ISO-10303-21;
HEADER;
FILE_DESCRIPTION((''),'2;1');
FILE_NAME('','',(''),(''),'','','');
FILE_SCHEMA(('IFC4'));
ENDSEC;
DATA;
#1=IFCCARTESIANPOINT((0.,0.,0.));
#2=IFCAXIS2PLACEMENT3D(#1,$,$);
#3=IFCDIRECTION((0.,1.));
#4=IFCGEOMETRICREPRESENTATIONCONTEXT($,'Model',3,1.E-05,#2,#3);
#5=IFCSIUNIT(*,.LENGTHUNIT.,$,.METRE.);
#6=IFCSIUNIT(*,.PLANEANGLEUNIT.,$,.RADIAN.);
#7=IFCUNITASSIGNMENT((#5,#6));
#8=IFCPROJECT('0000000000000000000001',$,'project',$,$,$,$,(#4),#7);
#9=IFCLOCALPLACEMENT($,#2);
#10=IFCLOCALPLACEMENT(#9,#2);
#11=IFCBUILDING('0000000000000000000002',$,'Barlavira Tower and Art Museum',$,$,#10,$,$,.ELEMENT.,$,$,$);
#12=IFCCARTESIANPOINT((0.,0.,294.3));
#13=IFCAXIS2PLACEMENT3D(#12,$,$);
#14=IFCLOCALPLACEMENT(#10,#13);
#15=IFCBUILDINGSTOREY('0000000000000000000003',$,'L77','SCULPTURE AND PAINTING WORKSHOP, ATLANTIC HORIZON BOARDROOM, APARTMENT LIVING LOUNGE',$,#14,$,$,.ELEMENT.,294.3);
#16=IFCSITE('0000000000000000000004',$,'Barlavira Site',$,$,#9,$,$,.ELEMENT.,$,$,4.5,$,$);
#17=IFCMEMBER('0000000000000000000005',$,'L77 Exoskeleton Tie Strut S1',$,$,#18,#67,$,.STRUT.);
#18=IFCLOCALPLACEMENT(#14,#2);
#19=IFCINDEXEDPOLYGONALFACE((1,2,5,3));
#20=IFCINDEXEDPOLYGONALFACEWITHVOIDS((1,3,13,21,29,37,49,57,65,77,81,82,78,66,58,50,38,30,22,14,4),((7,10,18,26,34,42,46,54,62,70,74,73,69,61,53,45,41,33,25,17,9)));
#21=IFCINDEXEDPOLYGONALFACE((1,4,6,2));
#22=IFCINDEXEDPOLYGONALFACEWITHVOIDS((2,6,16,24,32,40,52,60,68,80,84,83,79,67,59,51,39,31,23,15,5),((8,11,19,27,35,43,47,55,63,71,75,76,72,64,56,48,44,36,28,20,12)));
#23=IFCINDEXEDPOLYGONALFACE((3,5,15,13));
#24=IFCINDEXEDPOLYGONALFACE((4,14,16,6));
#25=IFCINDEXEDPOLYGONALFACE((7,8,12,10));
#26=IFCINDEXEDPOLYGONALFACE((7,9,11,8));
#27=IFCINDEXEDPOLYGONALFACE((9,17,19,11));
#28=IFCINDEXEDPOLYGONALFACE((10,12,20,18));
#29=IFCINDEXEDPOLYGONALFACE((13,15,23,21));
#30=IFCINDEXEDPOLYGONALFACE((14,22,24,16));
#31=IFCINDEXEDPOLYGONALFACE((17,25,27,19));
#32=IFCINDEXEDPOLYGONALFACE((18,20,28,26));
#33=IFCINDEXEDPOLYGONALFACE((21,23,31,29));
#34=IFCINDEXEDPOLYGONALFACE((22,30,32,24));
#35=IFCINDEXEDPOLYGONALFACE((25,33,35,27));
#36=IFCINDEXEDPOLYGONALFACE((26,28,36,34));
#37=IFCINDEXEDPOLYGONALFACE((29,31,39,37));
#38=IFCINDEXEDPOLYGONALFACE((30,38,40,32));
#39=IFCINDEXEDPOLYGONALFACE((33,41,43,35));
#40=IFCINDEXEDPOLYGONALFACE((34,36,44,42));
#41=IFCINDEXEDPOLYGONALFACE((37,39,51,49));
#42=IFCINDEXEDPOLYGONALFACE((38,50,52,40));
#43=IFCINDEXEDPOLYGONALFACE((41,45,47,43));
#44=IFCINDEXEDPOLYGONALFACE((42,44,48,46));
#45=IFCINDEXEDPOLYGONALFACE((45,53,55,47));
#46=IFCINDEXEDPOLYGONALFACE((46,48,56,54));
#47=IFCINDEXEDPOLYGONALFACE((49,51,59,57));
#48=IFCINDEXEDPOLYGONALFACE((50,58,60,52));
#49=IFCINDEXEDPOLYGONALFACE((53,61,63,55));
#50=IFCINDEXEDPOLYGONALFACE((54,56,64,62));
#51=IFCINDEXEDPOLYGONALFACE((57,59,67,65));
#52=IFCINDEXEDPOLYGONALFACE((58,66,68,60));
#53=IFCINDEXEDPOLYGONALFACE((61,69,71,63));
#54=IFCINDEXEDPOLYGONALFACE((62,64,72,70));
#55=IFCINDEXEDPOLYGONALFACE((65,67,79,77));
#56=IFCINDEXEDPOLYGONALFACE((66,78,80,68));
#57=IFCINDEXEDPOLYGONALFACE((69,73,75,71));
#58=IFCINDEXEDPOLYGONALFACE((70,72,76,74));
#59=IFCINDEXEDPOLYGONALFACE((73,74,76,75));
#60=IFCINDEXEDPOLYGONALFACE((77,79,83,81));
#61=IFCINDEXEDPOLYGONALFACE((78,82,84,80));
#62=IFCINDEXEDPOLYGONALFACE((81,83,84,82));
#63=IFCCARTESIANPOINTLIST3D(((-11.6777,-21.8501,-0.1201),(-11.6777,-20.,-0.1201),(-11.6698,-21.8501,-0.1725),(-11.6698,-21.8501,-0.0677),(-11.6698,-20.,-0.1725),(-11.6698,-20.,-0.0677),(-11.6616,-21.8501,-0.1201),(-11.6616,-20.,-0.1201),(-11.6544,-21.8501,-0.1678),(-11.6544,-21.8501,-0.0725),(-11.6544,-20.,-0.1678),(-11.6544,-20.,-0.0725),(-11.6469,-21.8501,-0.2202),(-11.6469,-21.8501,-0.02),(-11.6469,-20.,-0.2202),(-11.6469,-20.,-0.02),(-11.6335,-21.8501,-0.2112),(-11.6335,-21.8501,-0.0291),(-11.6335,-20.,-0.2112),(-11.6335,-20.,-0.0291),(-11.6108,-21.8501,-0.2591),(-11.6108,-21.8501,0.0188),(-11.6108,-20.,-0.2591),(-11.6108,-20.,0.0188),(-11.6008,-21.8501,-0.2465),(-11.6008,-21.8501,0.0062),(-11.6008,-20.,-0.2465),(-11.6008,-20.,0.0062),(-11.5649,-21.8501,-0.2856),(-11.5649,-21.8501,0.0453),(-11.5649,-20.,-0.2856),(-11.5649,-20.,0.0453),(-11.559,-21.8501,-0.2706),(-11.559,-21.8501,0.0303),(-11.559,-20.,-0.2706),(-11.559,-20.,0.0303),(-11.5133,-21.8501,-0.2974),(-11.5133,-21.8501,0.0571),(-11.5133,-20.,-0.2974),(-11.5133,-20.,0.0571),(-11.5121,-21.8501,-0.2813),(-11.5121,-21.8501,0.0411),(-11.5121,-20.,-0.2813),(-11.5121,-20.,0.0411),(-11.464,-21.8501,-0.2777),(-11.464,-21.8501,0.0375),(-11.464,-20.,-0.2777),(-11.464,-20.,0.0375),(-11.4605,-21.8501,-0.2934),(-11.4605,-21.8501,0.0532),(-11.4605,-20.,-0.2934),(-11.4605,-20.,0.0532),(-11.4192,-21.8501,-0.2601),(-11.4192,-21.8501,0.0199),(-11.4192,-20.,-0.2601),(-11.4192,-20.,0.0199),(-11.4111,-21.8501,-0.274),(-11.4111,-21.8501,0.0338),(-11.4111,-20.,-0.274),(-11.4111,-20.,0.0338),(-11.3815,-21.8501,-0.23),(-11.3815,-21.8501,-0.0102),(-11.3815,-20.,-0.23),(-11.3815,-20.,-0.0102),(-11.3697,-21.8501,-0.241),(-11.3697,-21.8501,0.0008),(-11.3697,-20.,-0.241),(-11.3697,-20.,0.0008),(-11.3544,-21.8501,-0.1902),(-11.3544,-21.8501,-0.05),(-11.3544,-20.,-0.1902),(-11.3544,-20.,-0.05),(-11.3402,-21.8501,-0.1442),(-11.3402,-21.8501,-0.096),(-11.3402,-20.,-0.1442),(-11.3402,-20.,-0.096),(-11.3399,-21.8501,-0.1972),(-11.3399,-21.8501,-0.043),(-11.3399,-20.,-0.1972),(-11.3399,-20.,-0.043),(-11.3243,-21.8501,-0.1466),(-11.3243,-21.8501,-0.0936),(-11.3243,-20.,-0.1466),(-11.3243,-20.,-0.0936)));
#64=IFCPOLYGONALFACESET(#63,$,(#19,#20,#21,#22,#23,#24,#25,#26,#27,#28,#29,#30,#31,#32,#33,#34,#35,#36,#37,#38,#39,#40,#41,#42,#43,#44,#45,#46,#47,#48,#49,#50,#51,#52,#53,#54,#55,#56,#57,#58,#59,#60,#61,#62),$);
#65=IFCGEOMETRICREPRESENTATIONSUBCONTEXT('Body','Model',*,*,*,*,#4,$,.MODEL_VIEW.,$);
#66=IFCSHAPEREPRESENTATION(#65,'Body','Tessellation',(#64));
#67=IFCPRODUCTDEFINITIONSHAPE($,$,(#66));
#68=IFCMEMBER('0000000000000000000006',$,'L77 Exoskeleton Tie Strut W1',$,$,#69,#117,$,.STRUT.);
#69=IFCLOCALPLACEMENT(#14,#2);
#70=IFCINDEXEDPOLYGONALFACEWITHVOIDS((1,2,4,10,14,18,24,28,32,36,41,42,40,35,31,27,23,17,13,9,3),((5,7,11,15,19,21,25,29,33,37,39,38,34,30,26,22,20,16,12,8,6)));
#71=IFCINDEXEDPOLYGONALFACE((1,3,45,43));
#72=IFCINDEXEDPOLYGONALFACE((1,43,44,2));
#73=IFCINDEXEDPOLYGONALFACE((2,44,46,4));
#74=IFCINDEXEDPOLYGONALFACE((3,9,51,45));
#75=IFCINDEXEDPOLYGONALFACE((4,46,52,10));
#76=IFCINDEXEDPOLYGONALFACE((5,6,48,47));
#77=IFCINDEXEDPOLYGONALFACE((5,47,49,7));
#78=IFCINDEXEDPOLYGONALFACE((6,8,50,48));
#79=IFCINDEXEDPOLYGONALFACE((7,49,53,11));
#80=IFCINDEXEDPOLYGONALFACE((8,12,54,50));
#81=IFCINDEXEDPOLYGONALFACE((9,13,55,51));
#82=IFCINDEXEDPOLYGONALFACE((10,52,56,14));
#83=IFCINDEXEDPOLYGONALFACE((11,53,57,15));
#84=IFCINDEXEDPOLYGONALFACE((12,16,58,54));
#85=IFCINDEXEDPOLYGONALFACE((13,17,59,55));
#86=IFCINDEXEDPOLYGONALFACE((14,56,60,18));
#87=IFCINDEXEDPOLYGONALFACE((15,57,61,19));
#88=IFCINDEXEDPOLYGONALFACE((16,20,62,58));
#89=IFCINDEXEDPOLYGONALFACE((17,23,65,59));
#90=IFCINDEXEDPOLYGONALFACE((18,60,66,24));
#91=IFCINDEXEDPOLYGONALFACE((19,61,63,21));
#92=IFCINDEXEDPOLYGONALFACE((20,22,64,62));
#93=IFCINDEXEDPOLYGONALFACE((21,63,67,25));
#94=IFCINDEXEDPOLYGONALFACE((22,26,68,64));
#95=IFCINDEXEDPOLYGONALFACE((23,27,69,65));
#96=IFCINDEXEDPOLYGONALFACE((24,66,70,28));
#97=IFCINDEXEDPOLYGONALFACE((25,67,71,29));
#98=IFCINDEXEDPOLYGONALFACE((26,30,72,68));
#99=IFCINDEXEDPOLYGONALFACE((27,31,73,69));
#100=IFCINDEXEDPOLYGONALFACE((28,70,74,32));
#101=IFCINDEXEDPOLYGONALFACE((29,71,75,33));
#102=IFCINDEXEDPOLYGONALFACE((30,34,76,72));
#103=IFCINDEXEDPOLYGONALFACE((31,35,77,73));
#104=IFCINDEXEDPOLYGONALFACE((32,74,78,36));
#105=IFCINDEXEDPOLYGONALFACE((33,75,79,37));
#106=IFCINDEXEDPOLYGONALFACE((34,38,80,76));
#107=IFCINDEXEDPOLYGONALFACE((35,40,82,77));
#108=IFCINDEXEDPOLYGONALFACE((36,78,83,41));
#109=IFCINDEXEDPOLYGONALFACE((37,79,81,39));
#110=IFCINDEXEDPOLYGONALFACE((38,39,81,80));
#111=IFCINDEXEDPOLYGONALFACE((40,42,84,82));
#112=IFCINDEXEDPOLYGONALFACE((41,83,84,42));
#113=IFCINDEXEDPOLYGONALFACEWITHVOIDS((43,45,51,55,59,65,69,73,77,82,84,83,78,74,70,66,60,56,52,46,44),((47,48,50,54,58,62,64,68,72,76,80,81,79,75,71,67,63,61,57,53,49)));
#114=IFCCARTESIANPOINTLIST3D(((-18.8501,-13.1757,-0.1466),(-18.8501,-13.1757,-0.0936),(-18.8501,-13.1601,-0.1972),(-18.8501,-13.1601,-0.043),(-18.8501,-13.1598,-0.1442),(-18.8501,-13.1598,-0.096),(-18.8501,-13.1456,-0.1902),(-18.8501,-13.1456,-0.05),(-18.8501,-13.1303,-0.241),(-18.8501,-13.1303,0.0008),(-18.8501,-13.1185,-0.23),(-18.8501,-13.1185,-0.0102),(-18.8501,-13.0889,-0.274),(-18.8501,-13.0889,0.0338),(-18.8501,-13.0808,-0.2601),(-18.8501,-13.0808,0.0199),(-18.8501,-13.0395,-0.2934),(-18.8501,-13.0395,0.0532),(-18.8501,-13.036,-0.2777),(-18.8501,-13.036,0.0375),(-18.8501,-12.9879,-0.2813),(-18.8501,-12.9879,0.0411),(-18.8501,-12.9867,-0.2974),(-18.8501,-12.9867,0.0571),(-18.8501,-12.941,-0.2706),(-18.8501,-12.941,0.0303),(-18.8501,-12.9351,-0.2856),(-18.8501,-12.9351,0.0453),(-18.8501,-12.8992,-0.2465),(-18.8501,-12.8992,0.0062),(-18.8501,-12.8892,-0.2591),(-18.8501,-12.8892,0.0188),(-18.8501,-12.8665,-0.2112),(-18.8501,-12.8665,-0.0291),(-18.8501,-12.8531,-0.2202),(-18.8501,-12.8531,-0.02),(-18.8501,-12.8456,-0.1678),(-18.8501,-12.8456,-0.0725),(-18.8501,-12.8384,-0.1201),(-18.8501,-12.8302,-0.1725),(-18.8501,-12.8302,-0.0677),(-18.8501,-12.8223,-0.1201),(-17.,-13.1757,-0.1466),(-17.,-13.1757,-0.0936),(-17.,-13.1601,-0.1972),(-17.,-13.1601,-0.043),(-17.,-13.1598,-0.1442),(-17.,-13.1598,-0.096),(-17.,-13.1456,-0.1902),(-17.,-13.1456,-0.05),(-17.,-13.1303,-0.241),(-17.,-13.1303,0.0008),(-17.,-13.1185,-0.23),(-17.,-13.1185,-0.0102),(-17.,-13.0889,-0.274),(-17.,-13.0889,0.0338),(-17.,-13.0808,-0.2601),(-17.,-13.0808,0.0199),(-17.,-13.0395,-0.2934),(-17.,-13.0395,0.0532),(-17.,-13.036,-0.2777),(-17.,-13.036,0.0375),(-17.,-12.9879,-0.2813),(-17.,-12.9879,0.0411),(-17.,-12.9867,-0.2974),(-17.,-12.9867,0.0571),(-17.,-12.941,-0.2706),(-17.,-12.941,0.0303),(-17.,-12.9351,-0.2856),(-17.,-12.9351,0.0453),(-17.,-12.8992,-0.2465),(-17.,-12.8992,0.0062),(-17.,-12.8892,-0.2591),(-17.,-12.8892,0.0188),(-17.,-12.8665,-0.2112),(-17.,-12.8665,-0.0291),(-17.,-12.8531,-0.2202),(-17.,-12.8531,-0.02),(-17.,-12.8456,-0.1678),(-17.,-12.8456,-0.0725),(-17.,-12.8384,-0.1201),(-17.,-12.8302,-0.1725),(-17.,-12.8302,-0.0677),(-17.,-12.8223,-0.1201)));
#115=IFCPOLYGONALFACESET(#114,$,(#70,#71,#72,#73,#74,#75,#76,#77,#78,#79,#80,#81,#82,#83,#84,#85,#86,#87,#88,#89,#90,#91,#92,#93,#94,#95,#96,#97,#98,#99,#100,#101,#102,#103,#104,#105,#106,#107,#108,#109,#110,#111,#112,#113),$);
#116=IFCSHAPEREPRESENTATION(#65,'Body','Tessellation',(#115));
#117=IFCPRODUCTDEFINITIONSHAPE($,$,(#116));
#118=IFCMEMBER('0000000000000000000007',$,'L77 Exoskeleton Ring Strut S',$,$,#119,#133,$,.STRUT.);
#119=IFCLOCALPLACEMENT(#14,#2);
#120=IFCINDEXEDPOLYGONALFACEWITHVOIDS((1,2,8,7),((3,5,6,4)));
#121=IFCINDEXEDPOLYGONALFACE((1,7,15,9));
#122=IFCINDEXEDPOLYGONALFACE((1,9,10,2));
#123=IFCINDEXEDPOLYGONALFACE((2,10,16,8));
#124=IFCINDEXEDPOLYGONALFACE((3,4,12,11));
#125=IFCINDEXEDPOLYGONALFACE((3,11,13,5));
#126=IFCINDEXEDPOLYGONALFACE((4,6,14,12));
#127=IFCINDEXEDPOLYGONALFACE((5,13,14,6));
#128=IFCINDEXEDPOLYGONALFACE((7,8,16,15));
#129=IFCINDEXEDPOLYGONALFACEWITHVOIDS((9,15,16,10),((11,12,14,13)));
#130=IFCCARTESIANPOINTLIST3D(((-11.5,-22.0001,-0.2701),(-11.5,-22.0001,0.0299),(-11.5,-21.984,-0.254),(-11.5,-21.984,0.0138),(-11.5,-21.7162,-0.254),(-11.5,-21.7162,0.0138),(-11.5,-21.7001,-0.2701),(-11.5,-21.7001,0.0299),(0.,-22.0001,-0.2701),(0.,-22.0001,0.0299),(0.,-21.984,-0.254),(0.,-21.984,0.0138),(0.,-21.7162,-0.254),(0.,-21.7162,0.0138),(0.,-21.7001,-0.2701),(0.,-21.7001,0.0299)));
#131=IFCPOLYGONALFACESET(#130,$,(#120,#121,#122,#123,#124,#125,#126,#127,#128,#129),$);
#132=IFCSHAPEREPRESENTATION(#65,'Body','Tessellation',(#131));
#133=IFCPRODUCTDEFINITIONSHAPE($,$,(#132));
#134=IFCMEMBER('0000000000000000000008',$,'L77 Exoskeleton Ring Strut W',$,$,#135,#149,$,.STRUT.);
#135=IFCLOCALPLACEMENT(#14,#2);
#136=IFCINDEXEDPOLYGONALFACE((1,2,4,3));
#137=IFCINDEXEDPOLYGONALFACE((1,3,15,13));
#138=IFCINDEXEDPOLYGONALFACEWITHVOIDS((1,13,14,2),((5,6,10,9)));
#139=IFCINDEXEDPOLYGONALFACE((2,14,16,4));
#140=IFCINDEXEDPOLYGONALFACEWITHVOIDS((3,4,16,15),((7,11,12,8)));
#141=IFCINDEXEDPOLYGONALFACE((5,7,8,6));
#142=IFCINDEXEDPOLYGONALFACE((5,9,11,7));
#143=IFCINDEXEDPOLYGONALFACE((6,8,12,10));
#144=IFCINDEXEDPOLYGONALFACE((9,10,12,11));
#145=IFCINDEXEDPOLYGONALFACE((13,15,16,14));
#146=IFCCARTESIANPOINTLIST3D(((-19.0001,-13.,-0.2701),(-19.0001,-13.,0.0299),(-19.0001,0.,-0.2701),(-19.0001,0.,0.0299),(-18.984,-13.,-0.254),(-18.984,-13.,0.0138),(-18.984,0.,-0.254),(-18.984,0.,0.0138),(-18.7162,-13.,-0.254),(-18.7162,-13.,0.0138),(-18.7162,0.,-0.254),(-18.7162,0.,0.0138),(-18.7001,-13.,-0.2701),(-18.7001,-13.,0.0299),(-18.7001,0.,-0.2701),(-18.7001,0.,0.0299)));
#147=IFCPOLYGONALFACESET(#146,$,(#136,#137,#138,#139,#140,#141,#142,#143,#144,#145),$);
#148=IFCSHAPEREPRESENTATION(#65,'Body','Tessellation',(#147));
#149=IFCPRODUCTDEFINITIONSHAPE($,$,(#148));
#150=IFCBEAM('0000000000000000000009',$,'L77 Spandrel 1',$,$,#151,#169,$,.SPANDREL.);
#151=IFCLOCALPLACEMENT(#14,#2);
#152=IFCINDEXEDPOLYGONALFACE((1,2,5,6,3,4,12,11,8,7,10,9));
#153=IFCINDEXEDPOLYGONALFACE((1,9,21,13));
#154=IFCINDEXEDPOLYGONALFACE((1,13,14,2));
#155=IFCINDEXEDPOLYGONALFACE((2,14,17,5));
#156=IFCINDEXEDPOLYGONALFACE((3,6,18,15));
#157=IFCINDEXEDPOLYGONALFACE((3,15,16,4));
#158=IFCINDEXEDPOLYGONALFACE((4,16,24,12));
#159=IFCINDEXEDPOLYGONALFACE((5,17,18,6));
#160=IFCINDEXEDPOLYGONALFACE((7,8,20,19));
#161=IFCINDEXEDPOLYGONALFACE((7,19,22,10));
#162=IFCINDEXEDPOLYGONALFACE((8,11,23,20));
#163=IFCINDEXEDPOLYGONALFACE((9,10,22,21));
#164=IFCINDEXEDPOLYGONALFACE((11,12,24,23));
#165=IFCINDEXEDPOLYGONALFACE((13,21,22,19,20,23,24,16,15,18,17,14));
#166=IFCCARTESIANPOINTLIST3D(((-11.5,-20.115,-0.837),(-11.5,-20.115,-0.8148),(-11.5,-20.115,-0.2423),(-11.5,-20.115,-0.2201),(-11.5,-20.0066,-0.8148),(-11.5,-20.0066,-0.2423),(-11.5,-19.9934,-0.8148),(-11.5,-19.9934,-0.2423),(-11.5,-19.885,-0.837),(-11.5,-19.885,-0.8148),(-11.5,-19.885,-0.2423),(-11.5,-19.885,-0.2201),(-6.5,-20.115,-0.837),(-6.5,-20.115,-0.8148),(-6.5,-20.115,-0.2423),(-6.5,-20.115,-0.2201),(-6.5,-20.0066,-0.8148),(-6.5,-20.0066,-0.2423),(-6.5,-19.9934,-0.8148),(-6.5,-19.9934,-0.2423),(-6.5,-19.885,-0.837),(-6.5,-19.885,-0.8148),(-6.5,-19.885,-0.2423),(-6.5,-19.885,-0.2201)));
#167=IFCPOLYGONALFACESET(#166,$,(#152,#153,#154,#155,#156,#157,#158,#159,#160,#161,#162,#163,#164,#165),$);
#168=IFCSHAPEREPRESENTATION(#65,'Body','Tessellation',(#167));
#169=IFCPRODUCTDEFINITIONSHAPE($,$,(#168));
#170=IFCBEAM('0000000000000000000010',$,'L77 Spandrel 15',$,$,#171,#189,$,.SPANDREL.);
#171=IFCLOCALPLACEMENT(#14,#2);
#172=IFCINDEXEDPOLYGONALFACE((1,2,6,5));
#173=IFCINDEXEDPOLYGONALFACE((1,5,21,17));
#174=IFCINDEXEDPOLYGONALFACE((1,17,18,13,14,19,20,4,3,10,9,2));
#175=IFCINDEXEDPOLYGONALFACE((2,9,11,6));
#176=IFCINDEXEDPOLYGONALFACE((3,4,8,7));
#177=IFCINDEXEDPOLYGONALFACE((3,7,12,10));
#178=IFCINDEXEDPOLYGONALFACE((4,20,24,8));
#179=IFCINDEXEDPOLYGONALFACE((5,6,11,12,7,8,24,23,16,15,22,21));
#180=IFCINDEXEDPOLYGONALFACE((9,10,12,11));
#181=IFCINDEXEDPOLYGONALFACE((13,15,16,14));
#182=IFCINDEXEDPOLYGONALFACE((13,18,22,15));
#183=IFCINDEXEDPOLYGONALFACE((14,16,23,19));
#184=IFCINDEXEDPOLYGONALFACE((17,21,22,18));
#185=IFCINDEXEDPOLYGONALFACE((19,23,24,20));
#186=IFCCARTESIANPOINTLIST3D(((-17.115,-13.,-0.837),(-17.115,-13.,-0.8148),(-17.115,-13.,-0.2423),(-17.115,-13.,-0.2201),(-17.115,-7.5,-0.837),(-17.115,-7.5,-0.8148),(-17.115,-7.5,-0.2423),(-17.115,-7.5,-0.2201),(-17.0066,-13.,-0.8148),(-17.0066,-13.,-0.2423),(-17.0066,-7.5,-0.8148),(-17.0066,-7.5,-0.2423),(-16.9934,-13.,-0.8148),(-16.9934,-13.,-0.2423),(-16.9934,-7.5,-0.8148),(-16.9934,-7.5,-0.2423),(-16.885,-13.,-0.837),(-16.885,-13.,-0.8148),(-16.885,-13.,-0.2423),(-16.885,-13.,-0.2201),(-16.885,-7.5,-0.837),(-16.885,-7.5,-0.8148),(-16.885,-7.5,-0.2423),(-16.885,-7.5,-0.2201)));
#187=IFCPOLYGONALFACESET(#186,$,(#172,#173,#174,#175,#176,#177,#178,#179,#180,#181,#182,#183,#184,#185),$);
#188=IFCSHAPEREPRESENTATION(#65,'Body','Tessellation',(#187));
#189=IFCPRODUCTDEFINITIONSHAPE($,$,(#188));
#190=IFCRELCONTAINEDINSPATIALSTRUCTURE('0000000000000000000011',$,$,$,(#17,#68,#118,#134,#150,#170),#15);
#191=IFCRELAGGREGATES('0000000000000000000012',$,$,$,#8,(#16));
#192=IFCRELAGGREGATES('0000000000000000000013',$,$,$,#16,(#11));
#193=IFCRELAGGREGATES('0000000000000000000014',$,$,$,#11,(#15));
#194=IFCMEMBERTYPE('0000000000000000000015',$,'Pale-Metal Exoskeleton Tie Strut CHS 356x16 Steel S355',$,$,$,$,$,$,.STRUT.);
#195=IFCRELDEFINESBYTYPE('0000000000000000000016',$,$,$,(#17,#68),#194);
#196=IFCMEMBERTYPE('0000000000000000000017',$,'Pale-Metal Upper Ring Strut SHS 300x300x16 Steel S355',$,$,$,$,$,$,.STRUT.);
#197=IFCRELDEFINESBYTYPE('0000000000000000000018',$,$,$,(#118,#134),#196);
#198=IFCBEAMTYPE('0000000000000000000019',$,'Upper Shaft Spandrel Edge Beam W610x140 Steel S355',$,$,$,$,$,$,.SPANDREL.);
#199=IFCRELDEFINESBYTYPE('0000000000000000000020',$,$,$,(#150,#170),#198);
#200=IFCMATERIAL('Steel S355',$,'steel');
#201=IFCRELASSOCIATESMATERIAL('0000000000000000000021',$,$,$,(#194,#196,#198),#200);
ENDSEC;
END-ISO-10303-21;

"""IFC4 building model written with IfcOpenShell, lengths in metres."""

from ifc_helpers import new_model, si_unit, direction, frame, origin, origin_2d, place, context, subcontext, project, spatial, hollow_rectangle, hollow_circle, i_section, extrude, material, material_profile, profile_set, type_object, element, save


model = new_model("IFC4")

# Units and contexts
model_context = context("Model", 3, precision=1e-05, world=origin(), true_north=direction((0.0, 1.0)))
body_context = subcontext(model_context, "Body", "Model", "MODEL_VIEW")
ifc_project = project(units=[si_unit("LENGTHUNIT", "METRE"), si_unit("PLANEANGLEUNIT", "RADIAN")], contexts=[model_context])

# Site, building, storey
site_placement = place(None, origin())
site = spatial("IfcSite", under=ifc_project, at=site_placement, Name="Barlavira Site", CompositionType="ELEMENT", RefElevation=4.5)
building_placement = place(site_placement, origin())
building = spatial("IfcBuilding", under=site, at=building_placement, Name="Barlavira Tower and Art Museum", CompositionType="ELEMENT")
storey_placement = place(building_placement, frame((0.0, 0.0, 294.3)))
storey = spatial("IfcBuildingStorey", under=building, at=storey_placement, Name="L77", Description="SCULPTURE AND PAINTING WORKSHOP, ATLANTIC HORIZON BOARDROOM, APARTMENT LIVING LOUNGE", CompositionType="ELEMENT", Elevation=294.3)

# Members
ifc_material_1 = material(Name="Steel S355", Category="steel")
ifc_material_profile_1 = material_profile(ifc_material_1, hollow_circle(Radius=0.1777, WallThickness=0.0161, at=origin_2d()), Name="CHS 355.6x16.0")
ifc_profile_set_1 = profile_set([ifc_material_profile_1], Name="Steel S355")
member_type_1 = type_object("IfcMemberType", Name="Pale-Metal Exoskeleton Tie Strut CHS 356x16 Steel S355", PredefinedType="STRUT", material=ifc_profile_set_1)
for number, where, z_axis, x_axis, name in (
    (1, (-11.5, -21.8501, -0.1201), (0.0, 1.0, 0.0), (-1.0, 0.0, 0.0), "L77 Exoskeleton Tie Strut S1"),
    (2, (-18.8501, -13.0, -0.1201), (1.0, 0.0, 0.0), (0.0, 1.0, 0.0), "L77 Exoskeleton Tie Strut W1"),
):
    element("IfcMember", number, at=place(storey_placement, frame(where, z_axis=z_axis, x_axis=x_axis)), inside=storey, type_object=member_type_1, Name=name, PredefinedType="STRUT", context=body_context, shape_type="SweptSolid", body=[
        extrude(hollow_circle(Radius=0.1777, WallThickness=0.0161, at=origin_2d()), origin(), (0.0, 0.0, 1.0), 1.8501),
    ])
ifc_material_profile_2 = material_profile(ifc_material_1, hollow_rectangle(XDim=0.3, YDim=0.3, WallThickness=0.0161, at=origin_2d()), Name="SHS 300x300x16.0")
ifc_profile_set_2 = profile_set([ifc_material_profile_2], Name="Steel S355")
member_type_2 = type_object("IfcMemberType", Name="Pale-Metal Upper Ring Strut SHS 300x300x16 Steel S355", PredefinedType="STRUT", material=ifc_profile_set_2)
member_1_placement = place(storey_placement, frame((-11.5, -21.8501, -0.1201), z_axis=(1.0, 0.0, 0.0), x_axis=(0.0, 1.0, 0.0)))
element("IfcMember", 3, at=member_1_placement, inside=storey, type_object=member_type_2, Name="L77 Exoskeleton Ring Strut S", PredefinedType="STRUT", context=body_context, shape_type="SweptSolid", body=[
    extrude(hollow_rectangle(XDim=0.3, YDim=0.3, WallThickness=0.0161, at=origin_2d()), origin(), (0.0, 0.0, 1.0), 11.5),
])
member_2_placement = place(storey_placement, frame((-18.8501, -13.0, -0.1201), z_axis=(0.0, 1.0, 0.0), x_axis=(-1.0, 0.0, 0.0)))
element("IfcMember", 4, at=member_2_placement, inside=storey, type_object=member_type_2, Name="L77 Exoskeleton Ring Strut W", PredefinedType="STRUT", context=body_context, shape_type="SweptSolid", body=[
    extrude(hollow_rectangle(XDim=0.3, YDim=0.3, WallThickness=0.0161, at=origin_2d()), origin(), (0.0, 0.0, 1.0), 13.0),
])

# Beams
ifc_material_profile_3 = material_profile(ifc_material_1, i_section(OverallWidth=0.23, OverallDepth=0.6169, WebThickness=0.0132, FlangeThickness=0.0222, at=origin_2d()), Name="W610x140.0")
ifc_profile_set_3 = profile_set([ifc_material_profile_3], Name="Steel S355")
beam_type_1 = type_object("IfcBeamType", Name="Upper Shaft Spandrel Edge Beam W610x140 Steel S355", PredefinedType="SPANDREL", material=ifc_profile_set_3)
beam_1_placement = place(storey_placement, frame((-11.5, -20.0, -0.5286), z_axis=(1.0, 0.0, 0.0), x_axis=(0.0, 1.0, 0.0)))
element("IfcBeam", 5, at=beam_1_placement, inside=storey, type_object=beam_type_1, Name="L77 Spandrel 1", PredefinedType="SPANDREL", context=body_context, shape_type="SweptSolid", body=[
    extrude(i_section(OverallWidth=0.23, OverallDepth=0.6169, WebThickness=0.0132, FlangeThickness=0.0222, at=origin_2d()), origin(), (0.0, 0.0, 1.0), 5.0),
])
beam_2_placement = place(storey_placement, frame((-17.0, -13.0, -0.5286), z_axis=(0.0, 1.0, 0.0), x_axis=(-1.0, 0.0, 0.0)))
element("IfcBeam", 6, at=beam_2_placement, inside=storey, type_object=beam_type_1, Name="L77 Spandrel 15", PredefinedType="SPANDREL", context=body_context, shape_type="SweptSolid", body=[
    extrude(i_section(OverallWidth=0.23, OverallDepth=0.6169, WebThickness=0.0132, FlangeThickness=0.0222, at=origin_2d()), origin(), (0.0, 0.0, 1.0), 5.5),
])

save(model, "model.ifc")
